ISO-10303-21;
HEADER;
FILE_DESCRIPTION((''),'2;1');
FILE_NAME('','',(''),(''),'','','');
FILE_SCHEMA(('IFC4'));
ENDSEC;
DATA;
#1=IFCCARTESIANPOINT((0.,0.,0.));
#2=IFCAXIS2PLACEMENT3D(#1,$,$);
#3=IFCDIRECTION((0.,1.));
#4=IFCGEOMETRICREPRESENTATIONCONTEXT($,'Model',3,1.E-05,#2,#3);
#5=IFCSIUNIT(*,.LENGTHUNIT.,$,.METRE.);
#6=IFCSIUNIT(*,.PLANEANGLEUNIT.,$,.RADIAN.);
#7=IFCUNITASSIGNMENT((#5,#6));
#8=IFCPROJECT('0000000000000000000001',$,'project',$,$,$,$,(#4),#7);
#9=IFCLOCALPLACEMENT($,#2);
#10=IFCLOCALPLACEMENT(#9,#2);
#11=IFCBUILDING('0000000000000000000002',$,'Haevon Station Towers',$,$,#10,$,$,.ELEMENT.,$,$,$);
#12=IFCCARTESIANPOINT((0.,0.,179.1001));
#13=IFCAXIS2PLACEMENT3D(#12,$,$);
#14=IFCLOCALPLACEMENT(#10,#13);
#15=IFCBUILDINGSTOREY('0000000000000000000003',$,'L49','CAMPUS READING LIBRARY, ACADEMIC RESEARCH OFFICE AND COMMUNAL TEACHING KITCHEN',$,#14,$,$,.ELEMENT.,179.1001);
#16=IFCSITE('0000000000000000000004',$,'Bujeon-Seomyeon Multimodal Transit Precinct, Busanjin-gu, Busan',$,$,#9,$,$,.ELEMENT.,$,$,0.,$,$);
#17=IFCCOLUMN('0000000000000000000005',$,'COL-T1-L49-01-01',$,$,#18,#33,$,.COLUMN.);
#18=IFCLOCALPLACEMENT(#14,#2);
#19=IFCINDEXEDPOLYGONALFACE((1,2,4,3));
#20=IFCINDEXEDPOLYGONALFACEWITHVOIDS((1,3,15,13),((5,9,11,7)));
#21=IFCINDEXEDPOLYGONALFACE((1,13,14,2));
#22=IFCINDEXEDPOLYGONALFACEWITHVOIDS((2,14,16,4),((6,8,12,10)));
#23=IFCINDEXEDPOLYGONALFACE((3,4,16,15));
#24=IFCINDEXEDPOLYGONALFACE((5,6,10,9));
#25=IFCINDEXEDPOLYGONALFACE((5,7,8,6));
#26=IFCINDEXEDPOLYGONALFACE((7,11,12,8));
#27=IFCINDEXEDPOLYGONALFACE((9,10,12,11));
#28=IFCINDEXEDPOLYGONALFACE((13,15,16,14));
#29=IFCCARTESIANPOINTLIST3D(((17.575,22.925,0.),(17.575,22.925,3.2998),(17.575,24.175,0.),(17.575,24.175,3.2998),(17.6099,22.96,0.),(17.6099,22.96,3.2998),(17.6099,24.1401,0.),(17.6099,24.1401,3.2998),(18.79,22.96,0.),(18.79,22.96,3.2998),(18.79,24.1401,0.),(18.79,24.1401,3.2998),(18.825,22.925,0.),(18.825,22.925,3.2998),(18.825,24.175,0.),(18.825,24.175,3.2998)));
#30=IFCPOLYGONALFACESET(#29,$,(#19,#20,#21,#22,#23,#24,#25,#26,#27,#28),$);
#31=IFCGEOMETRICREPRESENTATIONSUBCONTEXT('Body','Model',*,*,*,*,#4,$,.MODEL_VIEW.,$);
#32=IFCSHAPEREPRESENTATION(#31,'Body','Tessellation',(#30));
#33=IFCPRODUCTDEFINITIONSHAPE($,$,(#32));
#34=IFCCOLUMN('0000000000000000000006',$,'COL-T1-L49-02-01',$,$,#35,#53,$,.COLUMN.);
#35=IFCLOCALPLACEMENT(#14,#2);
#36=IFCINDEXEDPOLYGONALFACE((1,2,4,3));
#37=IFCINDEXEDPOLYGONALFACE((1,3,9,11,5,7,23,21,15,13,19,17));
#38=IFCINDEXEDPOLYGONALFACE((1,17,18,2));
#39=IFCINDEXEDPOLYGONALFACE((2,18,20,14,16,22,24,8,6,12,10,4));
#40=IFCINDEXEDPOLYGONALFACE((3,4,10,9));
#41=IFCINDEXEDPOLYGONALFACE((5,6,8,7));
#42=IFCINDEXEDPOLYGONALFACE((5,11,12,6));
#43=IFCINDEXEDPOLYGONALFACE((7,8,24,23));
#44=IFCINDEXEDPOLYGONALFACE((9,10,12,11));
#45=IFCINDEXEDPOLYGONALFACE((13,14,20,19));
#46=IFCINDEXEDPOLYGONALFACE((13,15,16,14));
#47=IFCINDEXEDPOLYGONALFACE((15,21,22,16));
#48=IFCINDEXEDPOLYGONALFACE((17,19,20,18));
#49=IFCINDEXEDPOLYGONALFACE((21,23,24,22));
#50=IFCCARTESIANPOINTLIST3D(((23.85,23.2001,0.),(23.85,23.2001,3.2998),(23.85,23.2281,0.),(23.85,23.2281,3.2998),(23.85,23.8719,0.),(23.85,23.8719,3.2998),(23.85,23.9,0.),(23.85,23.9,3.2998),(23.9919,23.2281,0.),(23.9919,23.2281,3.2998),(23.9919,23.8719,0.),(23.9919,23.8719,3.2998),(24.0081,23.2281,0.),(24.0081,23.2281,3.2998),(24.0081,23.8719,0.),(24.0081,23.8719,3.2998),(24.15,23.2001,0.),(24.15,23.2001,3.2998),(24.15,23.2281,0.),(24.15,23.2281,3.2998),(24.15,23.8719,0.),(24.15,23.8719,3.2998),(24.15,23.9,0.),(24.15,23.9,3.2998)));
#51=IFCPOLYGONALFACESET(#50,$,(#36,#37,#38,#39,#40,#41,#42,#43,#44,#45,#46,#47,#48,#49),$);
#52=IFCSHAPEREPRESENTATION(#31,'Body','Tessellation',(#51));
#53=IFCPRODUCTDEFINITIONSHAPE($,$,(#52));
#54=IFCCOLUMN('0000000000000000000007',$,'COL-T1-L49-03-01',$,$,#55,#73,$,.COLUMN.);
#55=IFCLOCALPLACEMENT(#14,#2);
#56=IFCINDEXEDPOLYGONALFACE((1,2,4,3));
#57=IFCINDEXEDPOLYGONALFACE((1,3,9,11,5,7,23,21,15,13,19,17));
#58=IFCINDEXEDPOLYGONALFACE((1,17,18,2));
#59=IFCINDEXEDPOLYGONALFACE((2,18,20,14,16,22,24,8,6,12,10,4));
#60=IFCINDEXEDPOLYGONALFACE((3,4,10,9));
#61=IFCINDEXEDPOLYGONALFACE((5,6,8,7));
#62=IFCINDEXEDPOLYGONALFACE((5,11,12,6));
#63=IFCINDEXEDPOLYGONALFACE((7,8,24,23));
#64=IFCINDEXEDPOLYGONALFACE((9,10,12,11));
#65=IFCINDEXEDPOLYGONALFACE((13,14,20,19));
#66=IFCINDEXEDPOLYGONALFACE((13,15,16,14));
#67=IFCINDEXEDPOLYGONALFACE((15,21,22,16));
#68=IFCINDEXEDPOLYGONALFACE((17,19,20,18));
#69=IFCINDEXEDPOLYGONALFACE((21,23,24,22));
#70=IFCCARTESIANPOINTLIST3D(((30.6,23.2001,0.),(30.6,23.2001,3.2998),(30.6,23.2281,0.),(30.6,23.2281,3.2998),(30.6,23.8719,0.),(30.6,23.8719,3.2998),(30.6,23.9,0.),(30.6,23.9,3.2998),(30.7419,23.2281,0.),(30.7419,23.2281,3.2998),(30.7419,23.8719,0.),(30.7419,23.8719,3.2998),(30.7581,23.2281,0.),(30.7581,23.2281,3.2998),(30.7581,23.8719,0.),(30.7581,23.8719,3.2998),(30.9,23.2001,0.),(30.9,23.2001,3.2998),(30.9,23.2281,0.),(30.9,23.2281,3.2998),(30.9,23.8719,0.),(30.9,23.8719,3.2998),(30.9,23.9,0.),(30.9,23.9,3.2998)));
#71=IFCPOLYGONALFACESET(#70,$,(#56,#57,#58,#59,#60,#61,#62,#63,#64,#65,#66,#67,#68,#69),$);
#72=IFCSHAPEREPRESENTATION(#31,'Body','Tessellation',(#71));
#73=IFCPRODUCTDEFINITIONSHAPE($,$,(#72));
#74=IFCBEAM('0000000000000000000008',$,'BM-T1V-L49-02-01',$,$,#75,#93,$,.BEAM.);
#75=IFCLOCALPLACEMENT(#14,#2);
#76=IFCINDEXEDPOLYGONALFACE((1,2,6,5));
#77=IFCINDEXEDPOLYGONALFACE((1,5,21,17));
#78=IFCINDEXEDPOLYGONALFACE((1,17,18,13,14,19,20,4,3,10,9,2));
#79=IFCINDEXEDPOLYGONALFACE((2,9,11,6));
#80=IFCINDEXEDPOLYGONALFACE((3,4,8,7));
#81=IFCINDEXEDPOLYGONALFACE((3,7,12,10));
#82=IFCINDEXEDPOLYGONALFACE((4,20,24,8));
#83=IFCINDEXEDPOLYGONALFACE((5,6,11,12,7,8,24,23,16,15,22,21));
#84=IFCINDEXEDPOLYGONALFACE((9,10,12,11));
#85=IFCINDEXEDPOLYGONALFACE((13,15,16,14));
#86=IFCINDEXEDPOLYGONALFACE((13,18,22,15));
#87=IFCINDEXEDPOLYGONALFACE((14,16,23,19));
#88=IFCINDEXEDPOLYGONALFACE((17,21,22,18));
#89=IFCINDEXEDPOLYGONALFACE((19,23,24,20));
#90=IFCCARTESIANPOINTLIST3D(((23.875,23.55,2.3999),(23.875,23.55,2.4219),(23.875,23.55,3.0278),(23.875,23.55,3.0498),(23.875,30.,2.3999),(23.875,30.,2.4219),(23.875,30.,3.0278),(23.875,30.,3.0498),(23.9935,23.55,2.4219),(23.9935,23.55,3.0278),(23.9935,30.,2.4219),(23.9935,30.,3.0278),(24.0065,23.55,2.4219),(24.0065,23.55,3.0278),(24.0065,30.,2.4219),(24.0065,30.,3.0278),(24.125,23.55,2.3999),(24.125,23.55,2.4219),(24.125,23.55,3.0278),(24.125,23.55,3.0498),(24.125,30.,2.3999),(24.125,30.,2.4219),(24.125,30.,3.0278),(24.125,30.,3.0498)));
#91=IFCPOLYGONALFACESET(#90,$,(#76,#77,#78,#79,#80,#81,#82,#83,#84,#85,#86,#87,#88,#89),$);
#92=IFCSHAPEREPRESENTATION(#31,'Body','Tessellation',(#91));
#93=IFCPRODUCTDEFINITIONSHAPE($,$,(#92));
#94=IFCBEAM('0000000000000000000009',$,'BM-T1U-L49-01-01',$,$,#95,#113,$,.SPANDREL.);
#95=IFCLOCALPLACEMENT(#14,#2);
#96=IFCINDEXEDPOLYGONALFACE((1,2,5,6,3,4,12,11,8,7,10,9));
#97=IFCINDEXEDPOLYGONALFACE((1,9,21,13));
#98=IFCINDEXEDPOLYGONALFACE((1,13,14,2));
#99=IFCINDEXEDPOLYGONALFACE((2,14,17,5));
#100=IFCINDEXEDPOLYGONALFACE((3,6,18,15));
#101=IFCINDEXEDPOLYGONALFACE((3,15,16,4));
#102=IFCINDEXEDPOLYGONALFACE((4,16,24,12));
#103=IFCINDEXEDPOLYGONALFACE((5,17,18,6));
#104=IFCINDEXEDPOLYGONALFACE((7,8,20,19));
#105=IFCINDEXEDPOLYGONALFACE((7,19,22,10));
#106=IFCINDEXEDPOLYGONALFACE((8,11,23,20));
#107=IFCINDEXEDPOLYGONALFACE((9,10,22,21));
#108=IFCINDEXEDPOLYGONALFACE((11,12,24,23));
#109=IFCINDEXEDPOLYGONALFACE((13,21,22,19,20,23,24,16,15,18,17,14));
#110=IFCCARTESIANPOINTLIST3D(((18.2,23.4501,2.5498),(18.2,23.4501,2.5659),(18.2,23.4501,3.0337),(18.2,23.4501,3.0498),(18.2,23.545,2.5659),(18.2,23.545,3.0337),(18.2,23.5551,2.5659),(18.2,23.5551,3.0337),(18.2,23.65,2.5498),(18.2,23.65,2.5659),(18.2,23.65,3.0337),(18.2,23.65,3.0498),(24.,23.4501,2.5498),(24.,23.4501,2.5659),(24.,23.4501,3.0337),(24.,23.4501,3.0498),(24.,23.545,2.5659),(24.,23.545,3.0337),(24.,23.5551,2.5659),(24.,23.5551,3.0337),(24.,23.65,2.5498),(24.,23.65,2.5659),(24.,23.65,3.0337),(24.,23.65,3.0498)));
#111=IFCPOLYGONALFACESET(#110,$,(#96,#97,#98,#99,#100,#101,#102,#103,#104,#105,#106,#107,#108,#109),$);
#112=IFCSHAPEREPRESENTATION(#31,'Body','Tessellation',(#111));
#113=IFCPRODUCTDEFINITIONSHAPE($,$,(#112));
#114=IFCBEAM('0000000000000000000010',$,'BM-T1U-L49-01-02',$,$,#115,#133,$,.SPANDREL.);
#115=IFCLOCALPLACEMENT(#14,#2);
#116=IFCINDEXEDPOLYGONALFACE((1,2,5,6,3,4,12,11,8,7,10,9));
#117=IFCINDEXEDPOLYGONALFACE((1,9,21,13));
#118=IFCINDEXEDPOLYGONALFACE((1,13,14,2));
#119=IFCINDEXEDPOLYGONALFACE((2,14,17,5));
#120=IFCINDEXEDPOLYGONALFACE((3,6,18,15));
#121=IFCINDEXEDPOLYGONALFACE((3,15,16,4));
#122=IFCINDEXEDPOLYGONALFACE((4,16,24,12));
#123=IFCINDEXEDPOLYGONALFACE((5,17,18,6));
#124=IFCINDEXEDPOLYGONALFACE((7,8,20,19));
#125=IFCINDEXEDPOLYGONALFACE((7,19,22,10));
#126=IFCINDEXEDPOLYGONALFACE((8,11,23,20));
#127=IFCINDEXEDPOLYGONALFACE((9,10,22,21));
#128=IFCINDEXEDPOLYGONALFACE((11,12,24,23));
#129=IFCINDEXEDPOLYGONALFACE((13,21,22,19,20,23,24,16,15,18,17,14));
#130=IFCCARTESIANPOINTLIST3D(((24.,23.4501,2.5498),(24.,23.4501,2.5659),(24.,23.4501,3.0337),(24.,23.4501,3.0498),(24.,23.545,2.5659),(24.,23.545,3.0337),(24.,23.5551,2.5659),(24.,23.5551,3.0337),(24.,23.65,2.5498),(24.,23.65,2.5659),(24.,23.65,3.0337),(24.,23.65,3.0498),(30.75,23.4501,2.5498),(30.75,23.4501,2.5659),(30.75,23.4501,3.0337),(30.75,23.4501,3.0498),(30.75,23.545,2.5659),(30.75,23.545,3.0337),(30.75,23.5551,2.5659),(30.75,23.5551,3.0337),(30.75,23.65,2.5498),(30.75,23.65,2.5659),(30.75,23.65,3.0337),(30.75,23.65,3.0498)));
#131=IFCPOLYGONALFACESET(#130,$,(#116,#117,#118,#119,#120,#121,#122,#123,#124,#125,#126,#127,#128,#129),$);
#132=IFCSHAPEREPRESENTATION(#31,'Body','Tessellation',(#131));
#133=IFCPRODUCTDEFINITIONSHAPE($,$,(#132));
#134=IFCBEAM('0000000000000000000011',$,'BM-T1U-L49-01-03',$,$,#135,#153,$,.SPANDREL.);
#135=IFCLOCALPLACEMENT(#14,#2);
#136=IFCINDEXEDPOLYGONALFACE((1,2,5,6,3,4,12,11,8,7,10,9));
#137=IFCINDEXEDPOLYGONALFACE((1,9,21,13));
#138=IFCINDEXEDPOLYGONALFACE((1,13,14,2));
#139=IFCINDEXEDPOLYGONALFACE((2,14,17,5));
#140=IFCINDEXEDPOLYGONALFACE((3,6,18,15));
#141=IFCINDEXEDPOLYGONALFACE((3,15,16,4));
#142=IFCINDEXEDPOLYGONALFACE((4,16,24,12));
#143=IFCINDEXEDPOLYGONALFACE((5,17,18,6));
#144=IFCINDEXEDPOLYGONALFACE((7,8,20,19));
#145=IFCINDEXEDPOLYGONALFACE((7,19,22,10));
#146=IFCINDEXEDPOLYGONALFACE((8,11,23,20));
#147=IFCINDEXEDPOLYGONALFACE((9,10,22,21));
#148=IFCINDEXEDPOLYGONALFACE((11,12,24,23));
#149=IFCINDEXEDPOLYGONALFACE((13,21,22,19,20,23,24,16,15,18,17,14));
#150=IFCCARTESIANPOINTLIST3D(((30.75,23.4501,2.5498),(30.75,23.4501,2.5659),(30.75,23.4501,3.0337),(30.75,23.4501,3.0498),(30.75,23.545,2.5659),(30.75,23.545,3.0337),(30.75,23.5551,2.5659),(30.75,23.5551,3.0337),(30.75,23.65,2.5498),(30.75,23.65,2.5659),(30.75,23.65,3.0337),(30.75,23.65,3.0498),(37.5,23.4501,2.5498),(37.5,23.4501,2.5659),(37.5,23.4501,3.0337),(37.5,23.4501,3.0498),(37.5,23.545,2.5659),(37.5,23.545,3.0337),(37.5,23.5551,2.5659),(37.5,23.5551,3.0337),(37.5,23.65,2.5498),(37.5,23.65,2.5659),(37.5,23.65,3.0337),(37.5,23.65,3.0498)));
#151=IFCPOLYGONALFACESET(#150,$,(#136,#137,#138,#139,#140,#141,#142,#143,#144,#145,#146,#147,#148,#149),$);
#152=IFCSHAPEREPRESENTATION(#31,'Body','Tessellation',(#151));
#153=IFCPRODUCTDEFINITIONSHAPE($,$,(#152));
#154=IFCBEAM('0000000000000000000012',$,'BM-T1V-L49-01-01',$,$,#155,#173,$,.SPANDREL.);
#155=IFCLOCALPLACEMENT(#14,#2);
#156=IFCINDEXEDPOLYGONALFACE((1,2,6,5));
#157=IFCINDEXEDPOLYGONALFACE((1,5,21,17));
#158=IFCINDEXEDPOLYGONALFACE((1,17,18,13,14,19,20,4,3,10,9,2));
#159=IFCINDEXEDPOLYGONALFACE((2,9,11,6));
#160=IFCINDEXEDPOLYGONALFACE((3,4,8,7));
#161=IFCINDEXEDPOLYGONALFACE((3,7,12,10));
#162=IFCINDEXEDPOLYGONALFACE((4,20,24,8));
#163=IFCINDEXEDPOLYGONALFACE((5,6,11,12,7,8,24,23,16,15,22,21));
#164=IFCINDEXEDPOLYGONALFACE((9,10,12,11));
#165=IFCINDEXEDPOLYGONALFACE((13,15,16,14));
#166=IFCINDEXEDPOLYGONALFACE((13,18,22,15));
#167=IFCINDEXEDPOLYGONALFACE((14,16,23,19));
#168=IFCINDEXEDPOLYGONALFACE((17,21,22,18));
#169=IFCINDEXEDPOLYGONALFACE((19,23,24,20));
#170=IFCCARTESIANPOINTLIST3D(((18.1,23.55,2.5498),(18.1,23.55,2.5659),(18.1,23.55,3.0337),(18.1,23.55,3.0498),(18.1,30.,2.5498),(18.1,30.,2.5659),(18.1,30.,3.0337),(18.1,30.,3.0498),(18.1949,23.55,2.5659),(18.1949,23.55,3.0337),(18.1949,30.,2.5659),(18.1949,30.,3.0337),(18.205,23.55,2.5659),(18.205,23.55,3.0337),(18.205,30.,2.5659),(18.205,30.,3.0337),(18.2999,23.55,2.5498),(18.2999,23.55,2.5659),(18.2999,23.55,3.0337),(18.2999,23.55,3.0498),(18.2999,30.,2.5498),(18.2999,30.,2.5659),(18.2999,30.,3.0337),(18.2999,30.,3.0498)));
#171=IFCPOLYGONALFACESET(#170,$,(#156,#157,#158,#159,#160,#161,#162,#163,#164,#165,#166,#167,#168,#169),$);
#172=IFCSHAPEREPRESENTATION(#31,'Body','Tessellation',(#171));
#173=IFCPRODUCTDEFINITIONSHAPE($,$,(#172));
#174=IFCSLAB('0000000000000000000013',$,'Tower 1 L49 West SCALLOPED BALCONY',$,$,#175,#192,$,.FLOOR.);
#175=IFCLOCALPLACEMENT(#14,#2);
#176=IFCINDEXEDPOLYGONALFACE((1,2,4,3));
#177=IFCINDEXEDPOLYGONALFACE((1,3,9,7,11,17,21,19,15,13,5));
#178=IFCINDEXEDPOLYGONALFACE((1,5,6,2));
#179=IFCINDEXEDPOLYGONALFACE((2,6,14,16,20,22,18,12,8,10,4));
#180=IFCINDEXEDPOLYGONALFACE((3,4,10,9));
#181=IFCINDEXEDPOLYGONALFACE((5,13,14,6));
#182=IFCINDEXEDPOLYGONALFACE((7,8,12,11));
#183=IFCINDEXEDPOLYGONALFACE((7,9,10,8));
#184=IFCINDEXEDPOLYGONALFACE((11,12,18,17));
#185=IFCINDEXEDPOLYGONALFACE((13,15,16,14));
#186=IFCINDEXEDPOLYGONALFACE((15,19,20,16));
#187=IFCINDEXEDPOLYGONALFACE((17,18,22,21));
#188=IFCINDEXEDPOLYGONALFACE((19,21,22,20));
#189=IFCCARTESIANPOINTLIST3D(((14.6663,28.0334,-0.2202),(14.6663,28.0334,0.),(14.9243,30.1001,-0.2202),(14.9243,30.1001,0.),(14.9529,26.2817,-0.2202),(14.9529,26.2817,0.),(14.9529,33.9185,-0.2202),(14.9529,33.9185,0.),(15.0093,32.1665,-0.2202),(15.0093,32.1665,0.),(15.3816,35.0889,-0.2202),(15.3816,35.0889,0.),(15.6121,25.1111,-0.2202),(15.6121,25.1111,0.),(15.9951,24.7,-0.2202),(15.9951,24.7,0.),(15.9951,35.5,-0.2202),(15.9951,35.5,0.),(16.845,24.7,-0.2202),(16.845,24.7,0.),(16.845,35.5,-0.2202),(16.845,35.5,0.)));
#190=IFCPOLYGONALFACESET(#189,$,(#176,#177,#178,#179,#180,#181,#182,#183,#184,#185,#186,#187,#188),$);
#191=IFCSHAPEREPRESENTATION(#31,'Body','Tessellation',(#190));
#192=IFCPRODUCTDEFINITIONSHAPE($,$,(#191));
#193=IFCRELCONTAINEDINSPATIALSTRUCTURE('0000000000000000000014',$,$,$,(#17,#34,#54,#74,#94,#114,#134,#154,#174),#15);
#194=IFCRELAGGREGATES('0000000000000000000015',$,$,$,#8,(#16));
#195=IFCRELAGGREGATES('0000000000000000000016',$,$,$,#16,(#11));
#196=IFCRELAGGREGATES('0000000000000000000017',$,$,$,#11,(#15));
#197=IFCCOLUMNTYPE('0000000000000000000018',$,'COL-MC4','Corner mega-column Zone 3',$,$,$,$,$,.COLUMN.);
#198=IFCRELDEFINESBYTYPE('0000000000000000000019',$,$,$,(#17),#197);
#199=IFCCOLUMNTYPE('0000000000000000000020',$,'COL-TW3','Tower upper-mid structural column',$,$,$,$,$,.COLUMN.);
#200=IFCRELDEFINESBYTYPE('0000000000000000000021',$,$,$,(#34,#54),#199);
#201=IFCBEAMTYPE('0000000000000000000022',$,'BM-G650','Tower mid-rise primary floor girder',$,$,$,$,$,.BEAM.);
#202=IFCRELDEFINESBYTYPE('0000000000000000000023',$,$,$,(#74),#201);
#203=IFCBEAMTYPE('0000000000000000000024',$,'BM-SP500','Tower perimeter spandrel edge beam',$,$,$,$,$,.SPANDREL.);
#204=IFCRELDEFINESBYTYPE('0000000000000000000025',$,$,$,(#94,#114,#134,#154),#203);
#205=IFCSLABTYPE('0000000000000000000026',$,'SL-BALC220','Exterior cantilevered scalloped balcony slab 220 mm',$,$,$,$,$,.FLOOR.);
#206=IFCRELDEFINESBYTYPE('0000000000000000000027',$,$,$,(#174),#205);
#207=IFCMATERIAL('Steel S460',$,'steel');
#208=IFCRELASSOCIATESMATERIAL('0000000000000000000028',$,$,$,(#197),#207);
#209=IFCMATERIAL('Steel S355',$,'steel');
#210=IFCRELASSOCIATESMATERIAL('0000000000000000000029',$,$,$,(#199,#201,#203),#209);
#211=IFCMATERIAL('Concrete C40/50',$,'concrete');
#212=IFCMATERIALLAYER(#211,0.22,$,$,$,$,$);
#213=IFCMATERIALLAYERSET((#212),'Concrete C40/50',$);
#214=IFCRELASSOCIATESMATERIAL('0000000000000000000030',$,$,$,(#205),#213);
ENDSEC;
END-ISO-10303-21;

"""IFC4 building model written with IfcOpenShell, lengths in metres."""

from ifc_helpers import new_model, si_unit, direction, frame, origin, origin_2d, place, context, subcontext, project, spatial, polyline, hollow_rectangle, i_section, outline, extrude, material, layer, layer_set, material_profile, profile_set, type_object, element, save


model = new_model("IFC4")

# Units and contexts
model_context = context("Model", 3, precision=1e-05, world=origin(), true_north=direction((0.0, 1.0)))
body_context = subcontext(model_context, "Body", "Model", "MODEL_VIEW")
ifc_project = project(units=[si_unit("LENGTHUNIT", "METRE"), si_unit("PLANEANGLEUNIT", "RADIAN")], contexts=[model_context])

# Site, building, storey
site_placement = place(None, origin())
site = spatial("IfcSite", under=ifc_project, at=site_placement, Name="Bujeon-Seomyeon Multimodal Transit Precinct, Busanjin-gu, Busan", CompositionType="ELEMENT", RefElevation=0.0)
building_placement = place(site_placement, origin())
building = spatial("IfcBuilding", under=site, at=building_placement, Name="Haevon Station Towers", CompositionType="ELEMENT")
storey_placement = place(building_placement, frame((0.0, 0.0, 179.1001)))
storey = spatial("IfcBuildingStorey", under=building, at=storey_placement, Name="L49", Description="CAMPUS READING LIBRARY, ACADEMIC RESEARCH OFFICE AND COMMUNAL TEACHING KITCHEN", CompositionType="ELEMENT", Elevation=179.1001)

# Columns
ifc_material_1 = material(Name="Steel S460", Category="steel")
ifc_material_profile_1 = material_profile(ifc_material_1, hollow_rectangle(XDim=1.25, YDim=1.25, WallThickness=0.0349, at=origin_2d()), Name="BOX-1250x1250x35")
ifc_profile_set_1 = profile_set([ifc_material_profile_1], Name="Steel S460")
column_type_1 = type_object("IfcColumnType", Name="COL-MC4", Description="Corner mega-column Zone 3", PredefinedType="COLUMN", material=ifc_profile_set_1)
column_placement = place(storey_placement, frame((18.2, 23.55, 0.0), z_axis=(0.0, 0.0, 1.0), x_axis=(1.0, 0.0, 0.0)))
element("IfcColumn", 1, at=column_placement, inside=storey, type_object=column_type_1, Name="COL-T1-L49-01-01", PredefinedType="COLUMN", context=body_context, shape_type="SweptSolid", body=[
    extrude(hollow_rectangle(XDim=1.25, YDim=1.25, WallThickness=0.0349, at=origin_2d()), origin(), (0.0, 0.0, 1.0), 3.2998),
])
ifc_material_2 = material(Name="Steel S355", Category="steel")
ifc_material_profile_2 = material_profile(ifc_material_2, i_section(OverallWidth=0.3, OverallDepth=0.7, WebThickness=0.0161, FlangeThickness=0.0281, at=origin_2d()), Name="H-700x300x16x28")
ifc_profile_set_2 = profile_set([ifc_material_profile_2], Name="Steel S355")
column_type_2 = type_object("IfcColumnType", Name="COL-TW3", Description="Tower upper-mid structural column", PredefinedType="COLUMN", material=ifc_profile_set_2)
for number, where, z_axis, x_axis, name in (
    (2, (24.0, 23.55, 0.0), (0.0, 0.0, 1.0), (1.0, 0.0, 0.0), "COL-T1-L49-02-01"),
    (3, (30.75, 23.55, 0.0), (0.0, 0.0, 1.0), (1.0, 0.0, 0.0), "COL-T1-L49-03-01"),
):
    element("IfcColumn", number, at=place(storey_placement, frame(where, z_axis=z_axis, x_axis=x_axis)), inside=storey, type_object=column_type_2, Name=name, PredefinedType="COLUMN", context=body_context, shape_type="SweptSolid", body=[
        extrude(i_section(OverallWidth=0.3, OverallDepth=0.7, WebThickness=0.0161, FlangeThickness=0.0281, at=origin_2d()), origin(), (0.0, 0.0, 1.0), 3.2998),
    ])

# Beams
ifc_material_profile_3 = material_profile(ifc_material_2, i_section(OverallWidth=0.25, OverallDepth=0.6499, WebThickness=0.0129, FlangeThickness=0.022, at=origin_2d()), Name="H-650x250x13x22")
ifc_profile_set_3 = profile_set([ifc_material_profile_3], Name="Steel S355")
beam_type_1 = type_object("IfcBeamType", Name="BM-G650", Description="Tower mid-rise primary floor girder", PredefinedType="BEAM", material=ifc_profile_set_3)
beam_1_placement = place(storey_placement, frame((24.0, 23.55, 2.7249), z_axis=(0.0, 1.0, 0.0), x_axis=(-1.0, 0.0, 0.0)))
element("IfcBeam", 4, at=beam_1_placement, inside=storey, type_object=beam_type_1, Name="BM-T1V-L49-02-01", PredefinedType="BEAM", context=body_context, shape_type="SweptSolid", body=[
    extrude(i_section(OverallWidth=0.25, OverallDepth=0.6499, WebThickness=0.0129, FlangeThickness=0.022, at=origin_2d()), origin(), (0.0, 0.0, 1.0), 6.45),
])
ifc_material_profile_4 = material_profile(ifc_material_2, i_section(OverallWidth=0.2, OverallDepth=0.5, WebThickness=0.01, FlangeThickness=0.0161, at=origin_2d()), Name="H-500x200x10x16")
ifc_profile_set_4 = profile_set([ifc_material_profile_4], Name="Steel S355")
beam_type_2 = type_object("IfcBeamType", Name="BM-SP500", Description="Tower perimeter spandrel edge beam", PredefinedType="SPANDREL", material=ifc_profile_set_4)
beam_2_placement = place(storey_placement, frame((18.2, 23.55, 2.7998), z_axis=(1.0, 0.0, 0.0), x_axis=(0.0, 1.0, 0.0)))
element("IfcBeam", 5, at=beam_2_placement, inside=storey, type_object=beam_type_2, Name="BM-T1U-L49-01-01", PredefinedType="SPANDREL", context=body_context, shape_type="SweptSolid", body=[
    extrude(i_section(OverallWidth=0.2, OverallDepth=0.5, WebThickness=0.01, FlangeThickness=0.0161, at=origin_2d()), origin(), (0.0, 0.0, 1.0), 5.8),
])
for number, where, z_axis, x_axis, name in (
    (6, (24.0, 23.55, 2.7998), (1.0, 0.0, 0.0), (0.0, 1.0, 0.0), "BM-T1U-L49-01-02"),
    (7, (30.75, 23.55, 2.7998), (1.0, 0.0, 0.0), (0.0, 1.0, 0.0), "BM-T1U-L49-01-03"),
):
    element("IfcBeam", number, at=place(storey_placement, frame(where, z_axis=z_axis, x_axis=x_axis)), inside=storey, type_object=beam_type_2, Name=name, PredefinedType="SPANDREL", context=body_context, shape_type="SweptSolid", body=[
        extrude(i_section(OverallWidth=0.2, OverallDepth=0.5, WebThickness=0.01, FlangeThickness=0.0161, at=origin_2d()), origin(), (0.0, 0.0, 1.0), 6.75),
    ])
beam_3_placement = place(storey_placement, frame((18.2, 23.55, 2.7998), z_axis=(0.0, 1.0, 0.0), x_axis=(-1.0, 0.0, 0.0)))
element("IfcBeam", 8, at=beam_3_placement, inside=storey, type_object=beam_type_2, Name="BM-T1V-L49-01-01", PredefinedType="SPANDREL", context=body_context, shape_type="SweptSolid", body=[
    extrude(i_section(OverallWidth=0.2, OverallDepth=0.5, WebThickness=0.01, FlangeThickness=0.0161, at=origin_2d()), origin(), (0.0, 0.0, 1.0), 6.45),
])

# Slab
ifc_material_3 = material(Name="Concrete C40/50", Category="concrete")
ifc_layer_1 = layer(ifc_material_3, 0.22)
ifc_layer_set_1 = layer_set([ifc_layer_1], Name="Concrete C40/50")
slab_type_1 = type_object("IfcSlabType", Name="SL-BALC220", Description="Exterior cantilevered scalloped balcony slab 220 mm", PredefinedType="FLOOR", material=ifc_layer_set_1)
slab_1_placement = place(storey_placement, frame((0.0, 0.0, -0.2202)))
element("IfcSlab", 9, at=slab_1_placement, inside=storey, type_object=slab_type_1, Name="Tower 1 L49 West SCALLOPED BALCONY", PredefinedType="FLOOR", context=body_context, shape_type="SweptSolid", body=[
    extrude(outline(polyline([(16.845, 35.5), (15.9951, 35.5), (15.3816, 35.0889), (14.9529, 33.9185), (15.0093, 32.1665), (14.9243, 30.1001), (14.6663, 28.0334), (14.9529, 26.2817), (15.6121, 25.1111), (15.9951, 24.7), (16.845, 24.7), (16.845, 35.5)])), origin(), (0.0, 0.0, 1.0), 0.2202),
])

save(model, "model.ifc")
